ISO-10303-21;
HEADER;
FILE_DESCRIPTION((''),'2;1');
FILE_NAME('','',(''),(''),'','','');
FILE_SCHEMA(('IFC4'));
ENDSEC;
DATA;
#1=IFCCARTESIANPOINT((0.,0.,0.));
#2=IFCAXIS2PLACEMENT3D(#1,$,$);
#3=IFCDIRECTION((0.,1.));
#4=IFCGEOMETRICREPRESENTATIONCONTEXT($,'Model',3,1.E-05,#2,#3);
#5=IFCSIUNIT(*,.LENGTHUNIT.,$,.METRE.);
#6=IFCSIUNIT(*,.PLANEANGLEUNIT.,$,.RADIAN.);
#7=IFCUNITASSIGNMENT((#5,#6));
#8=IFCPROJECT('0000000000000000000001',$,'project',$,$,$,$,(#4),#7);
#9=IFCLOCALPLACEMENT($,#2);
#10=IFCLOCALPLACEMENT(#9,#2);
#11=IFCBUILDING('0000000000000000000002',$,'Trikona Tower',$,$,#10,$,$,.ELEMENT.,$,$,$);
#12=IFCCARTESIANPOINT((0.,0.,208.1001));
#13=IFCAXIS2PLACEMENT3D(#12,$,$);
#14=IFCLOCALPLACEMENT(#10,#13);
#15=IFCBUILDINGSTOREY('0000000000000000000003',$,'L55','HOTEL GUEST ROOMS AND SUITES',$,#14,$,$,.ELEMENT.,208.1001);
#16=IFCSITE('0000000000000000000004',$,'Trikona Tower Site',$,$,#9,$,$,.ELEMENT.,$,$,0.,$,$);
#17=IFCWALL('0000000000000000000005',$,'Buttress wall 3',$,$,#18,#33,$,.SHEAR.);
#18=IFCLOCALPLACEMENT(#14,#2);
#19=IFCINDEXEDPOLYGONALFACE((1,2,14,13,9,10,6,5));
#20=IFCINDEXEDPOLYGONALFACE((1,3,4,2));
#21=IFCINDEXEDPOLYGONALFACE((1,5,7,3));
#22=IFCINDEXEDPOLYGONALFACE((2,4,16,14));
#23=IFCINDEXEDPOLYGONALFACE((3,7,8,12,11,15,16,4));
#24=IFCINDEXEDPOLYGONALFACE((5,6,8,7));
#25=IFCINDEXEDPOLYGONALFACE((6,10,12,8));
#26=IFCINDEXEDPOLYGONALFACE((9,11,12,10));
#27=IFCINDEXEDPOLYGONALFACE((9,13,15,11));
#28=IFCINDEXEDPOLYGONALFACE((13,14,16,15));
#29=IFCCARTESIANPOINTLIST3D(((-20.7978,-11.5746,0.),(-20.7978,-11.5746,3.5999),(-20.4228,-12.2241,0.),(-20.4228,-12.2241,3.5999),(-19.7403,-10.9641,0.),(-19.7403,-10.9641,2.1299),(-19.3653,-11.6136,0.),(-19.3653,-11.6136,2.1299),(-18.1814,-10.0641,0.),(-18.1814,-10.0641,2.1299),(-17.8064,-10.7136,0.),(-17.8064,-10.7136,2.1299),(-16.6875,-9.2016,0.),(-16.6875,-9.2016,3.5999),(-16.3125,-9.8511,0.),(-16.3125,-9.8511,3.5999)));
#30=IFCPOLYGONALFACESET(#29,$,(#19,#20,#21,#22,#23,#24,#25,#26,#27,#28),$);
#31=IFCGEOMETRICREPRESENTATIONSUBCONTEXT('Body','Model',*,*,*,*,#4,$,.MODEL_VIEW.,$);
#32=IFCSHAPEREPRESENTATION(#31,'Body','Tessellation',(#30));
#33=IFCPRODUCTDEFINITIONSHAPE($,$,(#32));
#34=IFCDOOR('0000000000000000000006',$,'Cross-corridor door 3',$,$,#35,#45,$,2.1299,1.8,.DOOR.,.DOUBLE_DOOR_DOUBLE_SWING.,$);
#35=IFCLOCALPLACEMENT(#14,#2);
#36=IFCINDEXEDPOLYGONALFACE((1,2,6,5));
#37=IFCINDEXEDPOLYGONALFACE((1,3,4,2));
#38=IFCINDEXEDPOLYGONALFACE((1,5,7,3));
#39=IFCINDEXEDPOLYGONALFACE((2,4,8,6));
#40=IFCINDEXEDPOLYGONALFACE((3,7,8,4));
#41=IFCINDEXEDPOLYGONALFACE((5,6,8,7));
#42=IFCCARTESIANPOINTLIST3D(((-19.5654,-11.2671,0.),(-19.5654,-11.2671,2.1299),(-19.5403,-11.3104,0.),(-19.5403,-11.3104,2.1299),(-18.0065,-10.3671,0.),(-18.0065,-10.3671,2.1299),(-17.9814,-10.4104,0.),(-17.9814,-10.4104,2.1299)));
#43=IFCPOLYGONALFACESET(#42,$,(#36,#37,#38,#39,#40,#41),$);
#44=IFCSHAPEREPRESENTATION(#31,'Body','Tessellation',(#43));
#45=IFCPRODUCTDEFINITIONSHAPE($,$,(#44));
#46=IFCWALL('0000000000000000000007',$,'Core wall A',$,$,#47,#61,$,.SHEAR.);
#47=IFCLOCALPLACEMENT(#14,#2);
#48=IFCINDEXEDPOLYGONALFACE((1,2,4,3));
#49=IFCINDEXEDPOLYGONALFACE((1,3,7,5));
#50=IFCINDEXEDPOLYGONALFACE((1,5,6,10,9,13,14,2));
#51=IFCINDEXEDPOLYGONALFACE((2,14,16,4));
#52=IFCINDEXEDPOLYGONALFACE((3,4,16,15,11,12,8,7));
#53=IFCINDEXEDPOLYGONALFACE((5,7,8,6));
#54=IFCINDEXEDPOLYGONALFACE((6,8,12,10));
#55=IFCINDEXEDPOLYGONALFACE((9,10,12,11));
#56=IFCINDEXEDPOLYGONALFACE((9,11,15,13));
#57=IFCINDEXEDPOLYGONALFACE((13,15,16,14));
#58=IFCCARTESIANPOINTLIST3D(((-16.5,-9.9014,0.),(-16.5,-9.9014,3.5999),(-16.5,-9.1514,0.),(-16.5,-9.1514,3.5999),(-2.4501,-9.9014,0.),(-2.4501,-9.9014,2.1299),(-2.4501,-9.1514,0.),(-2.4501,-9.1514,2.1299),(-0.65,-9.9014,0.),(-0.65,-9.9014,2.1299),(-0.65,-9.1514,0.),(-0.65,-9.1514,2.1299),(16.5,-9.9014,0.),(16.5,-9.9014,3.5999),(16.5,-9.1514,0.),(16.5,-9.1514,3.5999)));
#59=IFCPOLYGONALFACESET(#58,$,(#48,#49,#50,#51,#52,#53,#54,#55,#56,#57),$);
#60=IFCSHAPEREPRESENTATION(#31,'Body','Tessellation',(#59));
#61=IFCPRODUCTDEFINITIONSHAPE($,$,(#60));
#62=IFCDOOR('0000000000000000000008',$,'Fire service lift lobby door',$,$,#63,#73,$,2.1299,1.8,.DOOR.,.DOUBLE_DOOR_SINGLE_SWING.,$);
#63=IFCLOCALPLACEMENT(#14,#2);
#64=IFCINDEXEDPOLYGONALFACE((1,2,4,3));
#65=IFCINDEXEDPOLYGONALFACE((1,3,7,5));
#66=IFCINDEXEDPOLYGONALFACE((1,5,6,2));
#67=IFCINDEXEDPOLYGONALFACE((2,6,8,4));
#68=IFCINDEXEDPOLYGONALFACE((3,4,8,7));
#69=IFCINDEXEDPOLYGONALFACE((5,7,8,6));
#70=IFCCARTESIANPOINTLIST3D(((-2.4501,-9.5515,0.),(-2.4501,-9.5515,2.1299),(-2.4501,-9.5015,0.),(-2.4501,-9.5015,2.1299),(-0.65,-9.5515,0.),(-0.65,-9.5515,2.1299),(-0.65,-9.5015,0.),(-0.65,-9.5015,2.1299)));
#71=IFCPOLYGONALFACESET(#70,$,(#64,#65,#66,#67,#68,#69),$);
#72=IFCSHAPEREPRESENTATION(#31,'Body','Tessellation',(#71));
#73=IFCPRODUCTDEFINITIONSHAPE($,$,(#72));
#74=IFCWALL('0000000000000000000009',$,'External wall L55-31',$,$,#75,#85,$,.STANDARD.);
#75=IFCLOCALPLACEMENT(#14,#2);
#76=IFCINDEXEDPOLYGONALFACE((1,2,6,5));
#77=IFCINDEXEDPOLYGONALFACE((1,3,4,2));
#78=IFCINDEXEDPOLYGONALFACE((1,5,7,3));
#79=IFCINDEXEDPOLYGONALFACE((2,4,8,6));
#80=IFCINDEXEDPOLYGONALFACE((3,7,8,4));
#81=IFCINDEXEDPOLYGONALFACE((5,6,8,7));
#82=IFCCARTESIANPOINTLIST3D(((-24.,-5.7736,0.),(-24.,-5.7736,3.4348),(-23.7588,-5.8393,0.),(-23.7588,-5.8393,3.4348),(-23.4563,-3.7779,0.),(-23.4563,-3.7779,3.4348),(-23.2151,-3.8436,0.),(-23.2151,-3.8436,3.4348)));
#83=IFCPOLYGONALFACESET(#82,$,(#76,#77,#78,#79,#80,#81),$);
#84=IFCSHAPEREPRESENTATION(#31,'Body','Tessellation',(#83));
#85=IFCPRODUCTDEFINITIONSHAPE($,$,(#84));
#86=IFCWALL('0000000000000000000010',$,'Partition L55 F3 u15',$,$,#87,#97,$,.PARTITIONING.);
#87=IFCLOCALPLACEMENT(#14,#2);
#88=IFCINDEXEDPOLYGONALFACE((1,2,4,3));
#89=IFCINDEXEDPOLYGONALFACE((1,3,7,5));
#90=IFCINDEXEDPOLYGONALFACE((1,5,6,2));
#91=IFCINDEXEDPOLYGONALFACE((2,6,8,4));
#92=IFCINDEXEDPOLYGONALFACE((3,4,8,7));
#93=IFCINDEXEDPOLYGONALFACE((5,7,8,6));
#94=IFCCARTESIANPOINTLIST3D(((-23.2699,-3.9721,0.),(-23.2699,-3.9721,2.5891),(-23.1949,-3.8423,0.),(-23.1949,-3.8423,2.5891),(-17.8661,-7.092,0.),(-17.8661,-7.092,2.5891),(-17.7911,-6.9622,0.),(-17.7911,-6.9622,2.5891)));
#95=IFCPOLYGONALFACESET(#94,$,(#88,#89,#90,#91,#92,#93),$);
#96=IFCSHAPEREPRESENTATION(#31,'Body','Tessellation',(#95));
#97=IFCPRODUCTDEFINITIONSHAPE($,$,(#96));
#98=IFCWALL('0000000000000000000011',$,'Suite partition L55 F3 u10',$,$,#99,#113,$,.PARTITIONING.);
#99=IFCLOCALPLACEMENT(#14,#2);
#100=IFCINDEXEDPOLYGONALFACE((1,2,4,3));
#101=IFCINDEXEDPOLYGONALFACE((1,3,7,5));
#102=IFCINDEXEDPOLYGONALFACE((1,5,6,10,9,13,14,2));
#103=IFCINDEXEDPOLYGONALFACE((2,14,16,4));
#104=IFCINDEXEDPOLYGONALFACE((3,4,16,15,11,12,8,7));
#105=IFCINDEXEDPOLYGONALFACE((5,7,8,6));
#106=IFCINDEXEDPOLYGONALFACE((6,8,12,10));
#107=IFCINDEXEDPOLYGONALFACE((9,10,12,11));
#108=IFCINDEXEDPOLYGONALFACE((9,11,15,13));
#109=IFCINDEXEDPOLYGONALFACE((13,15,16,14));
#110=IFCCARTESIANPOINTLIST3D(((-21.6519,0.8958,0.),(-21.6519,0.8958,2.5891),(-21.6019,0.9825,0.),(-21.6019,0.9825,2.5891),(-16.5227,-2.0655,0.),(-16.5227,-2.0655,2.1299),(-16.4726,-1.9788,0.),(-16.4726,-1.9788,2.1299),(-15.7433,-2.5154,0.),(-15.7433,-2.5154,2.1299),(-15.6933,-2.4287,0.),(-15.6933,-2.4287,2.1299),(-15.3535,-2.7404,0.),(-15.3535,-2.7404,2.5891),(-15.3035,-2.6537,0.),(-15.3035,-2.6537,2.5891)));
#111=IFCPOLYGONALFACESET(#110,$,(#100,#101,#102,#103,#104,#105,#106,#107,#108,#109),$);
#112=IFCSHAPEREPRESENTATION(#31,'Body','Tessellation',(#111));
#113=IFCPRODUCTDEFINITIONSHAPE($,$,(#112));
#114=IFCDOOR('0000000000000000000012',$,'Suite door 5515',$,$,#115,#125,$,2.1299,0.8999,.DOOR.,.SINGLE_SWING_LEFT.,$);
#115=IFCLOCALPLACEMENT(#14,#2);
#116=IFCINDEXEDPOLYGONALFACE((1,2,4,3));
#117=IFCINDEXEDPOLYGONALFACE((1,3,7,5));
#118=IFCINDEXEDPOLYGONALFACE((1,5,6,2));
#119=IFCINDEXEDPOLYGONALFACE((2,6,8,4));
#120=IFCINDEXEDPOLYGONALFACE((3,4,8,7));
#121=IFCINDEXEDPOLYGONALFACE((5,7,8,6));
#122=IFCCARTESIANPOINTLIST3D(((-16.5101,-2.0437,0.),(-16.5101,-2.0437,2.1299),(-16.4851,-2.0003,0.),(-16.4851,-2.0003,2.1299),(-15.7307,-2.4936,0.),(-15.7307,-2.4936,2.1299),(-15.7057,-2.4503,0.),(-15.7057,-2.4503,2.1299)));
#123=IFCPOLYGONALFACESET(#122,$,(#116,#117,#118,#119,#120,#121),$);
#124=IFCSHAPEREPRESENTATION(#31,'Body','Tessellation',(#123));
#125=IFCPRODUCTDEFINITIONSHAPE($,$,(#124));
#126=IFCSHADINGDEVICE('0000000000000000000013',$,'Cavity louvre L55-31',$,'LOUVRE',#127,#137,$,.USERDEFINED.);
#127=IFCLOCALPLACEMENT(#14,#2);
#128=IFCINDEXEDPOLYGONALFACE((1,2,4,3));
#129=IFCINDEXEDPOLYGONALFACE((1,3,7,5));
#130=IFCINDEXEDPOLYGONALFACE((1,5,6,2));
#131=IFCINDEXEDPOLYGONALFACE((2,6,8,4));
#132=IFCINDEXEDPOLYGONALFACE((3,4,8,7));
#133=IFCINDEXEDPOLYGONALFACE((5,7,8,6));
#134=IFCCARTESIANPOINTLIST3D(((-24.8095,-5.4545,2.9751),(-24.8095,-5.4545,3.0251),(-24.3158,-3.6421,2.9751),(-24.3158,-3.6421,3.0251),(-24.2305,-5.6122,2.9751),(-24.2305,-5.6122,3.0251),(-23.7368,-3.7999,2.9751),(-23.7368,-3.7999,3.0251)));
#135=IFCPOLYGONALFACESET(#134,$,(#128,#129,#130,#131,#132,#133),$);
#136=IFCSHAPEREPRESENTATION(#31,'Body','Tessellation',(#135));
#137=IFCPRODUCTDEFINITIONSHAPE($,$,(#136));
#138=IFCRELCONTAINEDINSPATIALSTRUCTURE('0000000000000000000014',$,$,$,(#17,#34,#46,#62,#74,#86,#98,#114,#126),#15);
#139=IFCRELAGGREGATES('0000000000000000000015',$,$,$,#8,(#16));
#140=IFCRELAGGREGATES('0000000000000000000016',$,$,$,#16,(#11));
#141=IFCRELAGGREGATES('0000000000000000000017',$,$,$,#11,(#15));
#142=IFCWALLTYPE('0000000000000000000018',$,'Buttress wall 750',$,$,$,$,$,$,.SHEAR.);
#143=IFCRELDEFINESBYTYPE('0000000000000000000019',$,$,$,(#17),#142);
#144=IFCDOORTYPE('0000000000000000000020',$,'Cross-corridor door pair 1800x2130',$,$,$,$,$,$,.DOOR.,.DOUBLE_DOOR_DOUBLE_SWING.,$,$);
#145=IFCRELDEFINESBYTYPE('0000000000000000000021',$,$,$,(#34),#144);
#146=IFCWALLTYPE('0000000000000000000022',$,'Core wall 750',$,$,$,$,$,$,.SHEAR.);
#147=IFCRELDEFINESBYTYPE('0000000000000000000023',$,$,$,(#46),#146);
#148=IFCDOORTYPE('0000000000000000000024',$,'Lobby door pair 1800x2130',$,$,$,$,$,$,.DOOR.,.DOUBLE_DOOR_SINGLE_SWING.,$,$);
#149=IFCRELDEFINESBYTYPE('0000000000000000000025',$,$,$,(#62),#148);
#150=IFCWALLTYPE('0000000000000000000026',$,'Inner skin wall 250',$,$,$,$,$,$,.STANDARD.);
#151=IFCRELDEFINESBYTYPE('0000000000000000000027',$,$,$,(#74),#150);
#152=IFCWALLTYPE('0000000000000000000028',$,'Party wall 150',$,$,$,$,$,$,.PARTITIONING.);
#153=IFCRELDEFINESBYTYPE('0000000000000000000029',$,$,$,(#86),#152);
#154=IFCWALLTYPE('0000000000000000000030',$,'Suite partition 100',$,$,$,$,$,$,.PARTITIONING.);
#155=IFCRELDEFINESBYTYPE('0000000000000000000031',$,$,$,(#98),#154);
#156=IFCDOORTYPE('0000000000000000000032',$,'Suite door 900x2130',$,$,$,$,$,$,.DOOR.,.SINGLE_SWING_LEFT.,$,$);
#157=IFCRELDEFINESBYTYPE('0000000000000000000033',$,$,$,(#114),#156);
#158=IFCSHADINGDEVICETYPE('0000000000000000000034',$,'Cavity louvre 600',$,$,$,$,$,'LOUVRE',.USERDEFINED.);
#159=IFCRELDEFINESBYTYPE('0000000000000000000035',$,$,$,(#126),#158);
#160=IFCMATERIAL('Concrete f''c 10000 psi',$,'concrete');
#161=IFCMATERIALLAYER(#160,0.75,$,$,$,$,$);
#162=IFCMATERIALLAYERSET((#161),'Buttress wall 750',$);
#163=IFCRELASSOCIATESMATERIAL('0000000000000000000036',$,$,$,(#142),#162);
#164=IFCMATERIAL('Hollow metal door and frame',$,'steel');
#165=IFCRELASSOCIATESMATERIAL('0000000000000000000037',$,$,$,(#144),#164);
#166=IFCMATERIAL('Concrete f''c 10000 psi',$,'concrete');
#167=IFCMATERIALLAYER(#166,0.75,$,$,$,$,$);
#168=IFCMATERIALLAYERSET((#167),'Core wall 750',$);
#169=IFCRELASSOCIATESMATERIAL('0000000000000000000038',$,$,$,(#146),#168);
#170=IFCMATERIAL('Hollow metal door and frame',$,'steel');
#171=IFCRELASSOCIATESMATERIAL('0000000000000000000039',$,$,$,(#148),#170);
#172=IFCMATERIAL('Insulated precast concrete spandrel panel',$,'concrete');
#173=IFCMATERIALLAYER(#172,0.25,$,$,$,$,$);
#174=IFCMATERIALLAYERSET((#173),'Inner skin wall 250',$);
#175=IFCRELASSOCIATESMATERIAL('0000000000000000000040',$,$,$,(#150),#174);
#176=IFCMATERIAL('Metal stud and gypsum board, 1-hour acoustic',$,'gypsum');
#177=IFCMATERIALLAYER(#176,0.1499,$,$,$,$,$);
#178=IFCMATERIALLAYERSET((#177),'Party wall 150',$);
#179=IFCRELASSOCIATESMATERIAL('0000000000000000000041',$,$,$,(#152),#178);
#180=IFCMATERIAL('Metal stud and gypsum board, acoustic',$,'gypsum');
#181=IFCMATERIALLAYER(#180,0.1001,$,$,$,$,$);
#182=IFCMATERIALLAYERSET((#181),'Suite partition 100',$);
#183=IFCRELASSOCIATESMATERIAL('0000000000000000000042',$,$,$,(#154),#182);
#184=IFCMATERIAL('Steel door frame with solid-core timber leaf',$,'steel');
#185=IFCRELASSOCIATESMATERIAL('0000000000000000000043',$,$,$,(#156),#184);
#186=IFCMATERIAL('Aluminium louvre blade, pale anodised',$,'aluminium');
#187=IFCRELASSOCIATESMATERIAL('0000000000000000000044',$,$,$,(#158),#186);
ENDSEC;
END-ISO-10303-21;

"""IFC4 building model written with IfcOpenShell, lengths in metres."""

from ifc_helpers import new_model, si_unit, direction, frame, frame_2d, origin, origin_2d, place, context, subcontext, project, spatial, rectangle, extrude, material, layer, layer_set, type_object, element, fill, save


model = new_model("IFC4")

# Units and contexts
model_context = context("Model", 3, precision=1e-05, world=origin(), true_north=direction((0.0, 1.0)))
body_context = subcontext(model_context, "Body", "Model", "MODEL_VIEW")
ifc_project = project(units=[si_unit("LENGTHUNIT", "METRE"), si_unit("PLANEANGLEUNIT", "RADIAN")], contexts=[model_context])

# Site, building, storey
site_placement = place(None, origin())
site = spatial("IfcSite", under=ifc_project, at=site_placement, Name="Trikona Tower Site", CompositionType="ELEMENT", RefElevation=0.0)
building_placement = place(site_placement, origin())
building = spatial("IfcBuilding", under=site, at=building_placement, Name="Trikona Tower", CompositionType="ELEMENT")
storey_placement = place(building_placement, frame((0.0, 0.0, 208.1001)))
storey = spatial("IfcBuildingStorey", under=building, at=storey_placement, Name="L55", Description="HOTEL GUEST ROOMS AND SUITES", CompositionType="ELEMENT", Elevation=208.1001)

# Walls, openings, doors
ifc_material_1 = material(Name="Concrete f'c 10000 psi", Category="concrete")
ifc_layer_1 = layer(ifc_material_1, 0.75)
ifc_layer_set_1 = layer_set([ifc_layer_1], Name="Buttress wall 750")
wall_type_1 = type_object("IfcWallType", Name="Buttress wall 750", PredefinedType="SHEAR", material=ifc_layer_set_1)
wall_1_placement = place(storey_placement, frame((-16.5, -9.5264, 0.0), z_axis=(0.0, 0.0, 1.0), x_axis=(-0.866031, -0.49999, 0.0)))
wall_1 = element("IfcWall", 1, at=wall_1_placement, inside=storey, type_object=wall_type_1, Name="Buttress wall 3", PredefinedType="SHEAR", context=body_context, shape_type="SweptSolid", body=[
    extrude(rectangle(XDim=4.7461, YDim=0.75, at=frame_2d((2.373, 0.0))), origin(), (0.0, 0.0, 1.0), 3.5999),
])
opening_1_placement = place(wall_1_placement, frame((1.7251, 0.0, 0.0)))
opening_1 = element("IfcOpeningElement", 2, at=opening_1_placement, cuts=wall_1, PredefinedType="OPENING", context=body_context, shape_type="SweptSolid", body=[
    extrude(rectangle(XDim=1.8, YDim=2.1299, at=frame_2d((0.8999, 1.0649))), frame((0.0, 0.385, 0.0), z_axis=(0.0, -1.0, 0.0), x_axis=(1.0, 0.0, 0.0)), (0.0, 0.0, 1.0), 0.77),
])
ifc_material_2 = material(Name="Hollow metal door and frame", Category="steel")
door_type_1 = type_object("IfcDoorType", Name="Cross-corridor door pair 1800x2130", OperationType="DOUBLE_DOOR_DOUBLE_SWING", PredefinedType="DOOR", material=ifc_material_2)
door_1_placement = place(opening_1_placement, origin())
door_1 = element("IfcDoor", 3, at=door_1_placement, inside=storey, type_object=door_type_1, Name="Cross-corridor door 3", OperationType="DOUBLE_DOOR_DOUBLE_SWING", OverallHeight=2.1299, OverallWidth=1.8, PredefinedType="DOOR", context=body_context, shape_type="SweptSolid", body=[
    extrude(rectangle(XDim=1.8, YDim=2.1299, at=frame_2d((0.8999, 1.0649))), frame((0.0, 0.0249, 0.0), z_axis=(0.0, -1.0, 0.0), x_axis=(1.0, 0.0, 0.0)), (0.0, 0.0, 1.0), 0.05),
])
fill(opening_1, door_1)
ifc_material_3 = material(Name="Concrete f'c 10000 psi", Category="concrete")
ifc_layer_2 = layer(ifc_material_3, 0.75)
ifc_layer_set_2 = layer_set([ifc_layer_2], Name="Core wall 750")
wall_type_2 = type_object("IfcWallType", Name="Core wall 750", PredefinedType="SHEAR", material=ifc_layer_set_2)
wall_2_placement = place(storey_placement, frame((-16.5, -9.5264, 0.0), z_axis=(0.0, 0.0, 1.0), x_axis=(1.0, 0.0, 0.0)))
wall_2 = element("IfcWall", 4, at=wall_2_placement, inside=storey, type_object=wall_type_2, Name="Core wall A", PredefinedType="SHEAR", context=body_context, shape_type="SweptSolid", body=[
    extrude(rectangle(XDim=33.0, YDim=0.75, at=frame_2d((16.5, 0.0))), origin(), (0.0, 0.0, 1.0), 3.5999),
])
opening_2_placement = place(wall_2_placement, frame((14.05, 0.0, 0.0)))
opening_2 = element("IfcOpeningElement", 5, at=opening_2_placement, cuts=wall_2, PredefinedType="OPENING", context=body_context, shape_type="SweptSolid", body=[
    extrude(rectangle(XDim=1.8, YDim=2.1299, at=frame_2d((0.8999, 1.0649))), frame((0.0, 0.385, 0.0), z_axis=(0.0, -1.0, 0.0), x_axis=(1.0, 0.0, 0.0)), (0.0, 0.0, 1.0), 0.77),
])
ifc_material_4 = material(Name="Hollow metal door and frame", Category="steel")
door_type_2 = type_object("IfcDoorType", Name="Lobby door pair 1800x2130", OperationType="DOUBLE_DOOR_SINGLE_SWING", PredefinedType="DOOR", material=ifc_material_4)
door_2_placement = place(opening_2_placement, origin())
door_2 = element("IfcDoor", 6, at=door_2_placement, inside=storey, type_object=door_type_2, Name="Fire service lift lobby door", OperationType="DOUBLE_DOOR_SINGLE_SWING", OverallHeight=2.1299, OverallWidth=1.8, PredefinedType="DOOR", context=body_context, shape_type="SweptSolid", body=[
    extrude(rectangle(XDim=1.8, YDim=2.1299, at=frame_2d((0.8999, 1.0649))), frame((0.0, 0.0249, 0.0), z_axis=(0.0, -1.0, 0.0), x_axis=(1.0, 0.0, 0.0)), (0.0, 0.0, 1.0), 0.05),
])
fill(opening_2, door_2)

# Walls
ifc_material_5 = material(Name="Insulated precast concrete spandrel panel", Category="concrete")
ifc_layer_3 = layer(ifc_material_5, 0.25)
ifc_layer_set_3 = layer_set([ifc_layer_3], Name="Inner skin wall 250")
wall_type_3 = type_object("IfcWallType", Name="Inner skin wall 250", PredefinedType="STANDARD", material=ifc_layer_set_3)
wall_3_placement = place(storey_placement, frame((-23.3357, -3.8108, 0.0), z_axis=(0.0, 0.0, 1.0), x_axis=(-0.262868, -0.964832, 0.0)))
element("IfcWall", 7, at=wall_3_placement, inside=storey, type_object=wall_type_3, Name="External wall L55-31", PredefinedType="STANDARD", context=body_context, shape_type="SweptSolid", body=[
    extrude(rectangle(XDim=2.0684, YDim=0.25, at=frame_2d((1.0342, 0.0))), origin(), (0.0, 0.0, 1.0), 3.4348),
])
ifc_material_6 = material(Name="Metal stud and gypsum board, 1-hour acoustic", Category="gypsum")
ifc_layer_4 = layer(ifc_material_6, 0.1499)
ifc_layer_set_4 = layer_set([ifc_layer_4], Name="Party wall 150")
wall_type_4 = type_object("IfcWallType", Name="Party wall 150", PredefinedType="PARTITIONING", material=ifc_layer_set_4)
wall_4_placement = place(storey_placement, frame((-17.8286, -7.0271, 0.0), z_axis=(0.0, 0.0, 1.0), x_axis=(-0.866027, 0.499998, 0.0)))
element("IfcWall", 8, at=wall_4_placement, inside=storey, type_object=wall_type_4, Name="Partition L55 F3 u15", PredefinedType="PARTITIONING", context=body_context, shape_type="SweptSolid", body=[
    extrude(rectangle(XDim=6.2397, YDim=0.1499, at=frame_2d((3.1199, 0.0))), origin(), (0.0, 0.0, 1.0), 2.5891),
])

# Wall, opening, door
ifc_material_7 = material(Name="Metal stud and gypsum board, acoustic", Category="gypsum")
ifc_layer_5 = layer(ifc_material_7, 0.1001)
ifc_layer_set_5 = layer_set([ifc_layer_5], Name="Suite partition 100")
wall_type_5 = type_object("IfcWallType", Name="Suite partition 100", PredefinedType="PARTITIONING", material=ifc_layer_set_5)
wall_5_placement = place(storey_placement, frame((-15.3286, -2.697, 0.0), z_axis=(0.0, 0.0, 1.0), x_axis=(-0.866032, 0.499988, 0.0)))
wall_5 = element("IfcWall", 9, at=wall_5_placement, inside=storey, type_object=wall_type_5, Name="Suite partition L55 F3 u10", PredefinedType="PARTITIONING", context=body_context, shape_type="SweptSolid", body=[
    extrude(rectangle(XDim=7.2727, YDim=0.1001, at=frame_2d((3.6362, 0.0))), origin(), (0.0, 0.0, 1.0), 2.5891),
])
opening_3_placement = place(wall_5_placement, frame((0.45, 0.0, 0.0)))
opening_3 = element("IfcOpeningElement", 10, at=opening_3_placement, cuts=wall_5, PredefinedType="OPENING", context=body_context, shape_type="SweptSolid", body=[
    extrude(rectangle(XDim=0.8999, YDim=2.1299, at=frame_2d((0.45, 1.0649))), frame((0.0, 0.0601, 0.0), z_axis=(0.0, -1.0, 0.0), x_axis=(1.0, 0.0, 0.0)), (0.0, 0.0, 1.0), 0.1201),
])
ifc_material_8 = material(Name="Steel door frame with solid-core timber leaf", Category="steel")
door_type_3 = type_object("IfcDoorType", Name="Suite door 900x2130", OperationType="SINGLE_SWING_LEFT", PredefinedType="DOOR", material=ifc_material_8)
door_3_placement = place(opening_3_placement, origin())
door_3 = element("IfcDoor", 11, at=door_3_placement, inside=storey, type_object=door_type_3, Name="Suite door 5515", OperationType="SINGLE_SWING_LEFT", OverallHeight=2.1299, OverallWidth=0.8999, PredefinedType="DOOR", context=body_context, shape_type="SweptSolid", body=[
    extrude(rectangle(XDim=0.8999, YDim=2.1299, at=frame_2d((0.45, 1.0649))), frame((0.0, 0.0249, 0.0), z_axis=(0.0, -1.0, 0.0), x_axis=(1.0, 0.0, 0.0)), (0.0, 0.0, 1.0), 0.05),
])
fill(opening_3, door_3)

# Shading device
ifc_material_9 = material(Name="Aluminium louvre blade, pale anodised", Category="aluminium")
shading_device_type = type_object("IfcShadingDeviceType", Name="Cavity louvre 600", ElementType="LOUVRE", PredefinedType="USERDEFINED", material=ifc_material_9)
shading_device_placement = place(storey_placement, frame((-24.2732, -4.6272, 2.9751), z_axis=(0.0, 0.0, 1.0), x_axis=(-0.262822, -0.964844, 0.0)))
element("IfcShadingDevice", 12, at=shading_device_placement, inside=storey, type_object=shading_device_type, Name="Cavity louvre L55-31", ObjectType="LOUVRE", PredefinedType="USERDEFINED", context=body_context, shape_type="SweptSolid", body=[
    extrude(rectangle(XDim=1.8784, YDim=0.6001, at=origin_2d()), origin(), (0.0, 0.0, 1.0), 0.05),
])

save(model, "model.ifc")
